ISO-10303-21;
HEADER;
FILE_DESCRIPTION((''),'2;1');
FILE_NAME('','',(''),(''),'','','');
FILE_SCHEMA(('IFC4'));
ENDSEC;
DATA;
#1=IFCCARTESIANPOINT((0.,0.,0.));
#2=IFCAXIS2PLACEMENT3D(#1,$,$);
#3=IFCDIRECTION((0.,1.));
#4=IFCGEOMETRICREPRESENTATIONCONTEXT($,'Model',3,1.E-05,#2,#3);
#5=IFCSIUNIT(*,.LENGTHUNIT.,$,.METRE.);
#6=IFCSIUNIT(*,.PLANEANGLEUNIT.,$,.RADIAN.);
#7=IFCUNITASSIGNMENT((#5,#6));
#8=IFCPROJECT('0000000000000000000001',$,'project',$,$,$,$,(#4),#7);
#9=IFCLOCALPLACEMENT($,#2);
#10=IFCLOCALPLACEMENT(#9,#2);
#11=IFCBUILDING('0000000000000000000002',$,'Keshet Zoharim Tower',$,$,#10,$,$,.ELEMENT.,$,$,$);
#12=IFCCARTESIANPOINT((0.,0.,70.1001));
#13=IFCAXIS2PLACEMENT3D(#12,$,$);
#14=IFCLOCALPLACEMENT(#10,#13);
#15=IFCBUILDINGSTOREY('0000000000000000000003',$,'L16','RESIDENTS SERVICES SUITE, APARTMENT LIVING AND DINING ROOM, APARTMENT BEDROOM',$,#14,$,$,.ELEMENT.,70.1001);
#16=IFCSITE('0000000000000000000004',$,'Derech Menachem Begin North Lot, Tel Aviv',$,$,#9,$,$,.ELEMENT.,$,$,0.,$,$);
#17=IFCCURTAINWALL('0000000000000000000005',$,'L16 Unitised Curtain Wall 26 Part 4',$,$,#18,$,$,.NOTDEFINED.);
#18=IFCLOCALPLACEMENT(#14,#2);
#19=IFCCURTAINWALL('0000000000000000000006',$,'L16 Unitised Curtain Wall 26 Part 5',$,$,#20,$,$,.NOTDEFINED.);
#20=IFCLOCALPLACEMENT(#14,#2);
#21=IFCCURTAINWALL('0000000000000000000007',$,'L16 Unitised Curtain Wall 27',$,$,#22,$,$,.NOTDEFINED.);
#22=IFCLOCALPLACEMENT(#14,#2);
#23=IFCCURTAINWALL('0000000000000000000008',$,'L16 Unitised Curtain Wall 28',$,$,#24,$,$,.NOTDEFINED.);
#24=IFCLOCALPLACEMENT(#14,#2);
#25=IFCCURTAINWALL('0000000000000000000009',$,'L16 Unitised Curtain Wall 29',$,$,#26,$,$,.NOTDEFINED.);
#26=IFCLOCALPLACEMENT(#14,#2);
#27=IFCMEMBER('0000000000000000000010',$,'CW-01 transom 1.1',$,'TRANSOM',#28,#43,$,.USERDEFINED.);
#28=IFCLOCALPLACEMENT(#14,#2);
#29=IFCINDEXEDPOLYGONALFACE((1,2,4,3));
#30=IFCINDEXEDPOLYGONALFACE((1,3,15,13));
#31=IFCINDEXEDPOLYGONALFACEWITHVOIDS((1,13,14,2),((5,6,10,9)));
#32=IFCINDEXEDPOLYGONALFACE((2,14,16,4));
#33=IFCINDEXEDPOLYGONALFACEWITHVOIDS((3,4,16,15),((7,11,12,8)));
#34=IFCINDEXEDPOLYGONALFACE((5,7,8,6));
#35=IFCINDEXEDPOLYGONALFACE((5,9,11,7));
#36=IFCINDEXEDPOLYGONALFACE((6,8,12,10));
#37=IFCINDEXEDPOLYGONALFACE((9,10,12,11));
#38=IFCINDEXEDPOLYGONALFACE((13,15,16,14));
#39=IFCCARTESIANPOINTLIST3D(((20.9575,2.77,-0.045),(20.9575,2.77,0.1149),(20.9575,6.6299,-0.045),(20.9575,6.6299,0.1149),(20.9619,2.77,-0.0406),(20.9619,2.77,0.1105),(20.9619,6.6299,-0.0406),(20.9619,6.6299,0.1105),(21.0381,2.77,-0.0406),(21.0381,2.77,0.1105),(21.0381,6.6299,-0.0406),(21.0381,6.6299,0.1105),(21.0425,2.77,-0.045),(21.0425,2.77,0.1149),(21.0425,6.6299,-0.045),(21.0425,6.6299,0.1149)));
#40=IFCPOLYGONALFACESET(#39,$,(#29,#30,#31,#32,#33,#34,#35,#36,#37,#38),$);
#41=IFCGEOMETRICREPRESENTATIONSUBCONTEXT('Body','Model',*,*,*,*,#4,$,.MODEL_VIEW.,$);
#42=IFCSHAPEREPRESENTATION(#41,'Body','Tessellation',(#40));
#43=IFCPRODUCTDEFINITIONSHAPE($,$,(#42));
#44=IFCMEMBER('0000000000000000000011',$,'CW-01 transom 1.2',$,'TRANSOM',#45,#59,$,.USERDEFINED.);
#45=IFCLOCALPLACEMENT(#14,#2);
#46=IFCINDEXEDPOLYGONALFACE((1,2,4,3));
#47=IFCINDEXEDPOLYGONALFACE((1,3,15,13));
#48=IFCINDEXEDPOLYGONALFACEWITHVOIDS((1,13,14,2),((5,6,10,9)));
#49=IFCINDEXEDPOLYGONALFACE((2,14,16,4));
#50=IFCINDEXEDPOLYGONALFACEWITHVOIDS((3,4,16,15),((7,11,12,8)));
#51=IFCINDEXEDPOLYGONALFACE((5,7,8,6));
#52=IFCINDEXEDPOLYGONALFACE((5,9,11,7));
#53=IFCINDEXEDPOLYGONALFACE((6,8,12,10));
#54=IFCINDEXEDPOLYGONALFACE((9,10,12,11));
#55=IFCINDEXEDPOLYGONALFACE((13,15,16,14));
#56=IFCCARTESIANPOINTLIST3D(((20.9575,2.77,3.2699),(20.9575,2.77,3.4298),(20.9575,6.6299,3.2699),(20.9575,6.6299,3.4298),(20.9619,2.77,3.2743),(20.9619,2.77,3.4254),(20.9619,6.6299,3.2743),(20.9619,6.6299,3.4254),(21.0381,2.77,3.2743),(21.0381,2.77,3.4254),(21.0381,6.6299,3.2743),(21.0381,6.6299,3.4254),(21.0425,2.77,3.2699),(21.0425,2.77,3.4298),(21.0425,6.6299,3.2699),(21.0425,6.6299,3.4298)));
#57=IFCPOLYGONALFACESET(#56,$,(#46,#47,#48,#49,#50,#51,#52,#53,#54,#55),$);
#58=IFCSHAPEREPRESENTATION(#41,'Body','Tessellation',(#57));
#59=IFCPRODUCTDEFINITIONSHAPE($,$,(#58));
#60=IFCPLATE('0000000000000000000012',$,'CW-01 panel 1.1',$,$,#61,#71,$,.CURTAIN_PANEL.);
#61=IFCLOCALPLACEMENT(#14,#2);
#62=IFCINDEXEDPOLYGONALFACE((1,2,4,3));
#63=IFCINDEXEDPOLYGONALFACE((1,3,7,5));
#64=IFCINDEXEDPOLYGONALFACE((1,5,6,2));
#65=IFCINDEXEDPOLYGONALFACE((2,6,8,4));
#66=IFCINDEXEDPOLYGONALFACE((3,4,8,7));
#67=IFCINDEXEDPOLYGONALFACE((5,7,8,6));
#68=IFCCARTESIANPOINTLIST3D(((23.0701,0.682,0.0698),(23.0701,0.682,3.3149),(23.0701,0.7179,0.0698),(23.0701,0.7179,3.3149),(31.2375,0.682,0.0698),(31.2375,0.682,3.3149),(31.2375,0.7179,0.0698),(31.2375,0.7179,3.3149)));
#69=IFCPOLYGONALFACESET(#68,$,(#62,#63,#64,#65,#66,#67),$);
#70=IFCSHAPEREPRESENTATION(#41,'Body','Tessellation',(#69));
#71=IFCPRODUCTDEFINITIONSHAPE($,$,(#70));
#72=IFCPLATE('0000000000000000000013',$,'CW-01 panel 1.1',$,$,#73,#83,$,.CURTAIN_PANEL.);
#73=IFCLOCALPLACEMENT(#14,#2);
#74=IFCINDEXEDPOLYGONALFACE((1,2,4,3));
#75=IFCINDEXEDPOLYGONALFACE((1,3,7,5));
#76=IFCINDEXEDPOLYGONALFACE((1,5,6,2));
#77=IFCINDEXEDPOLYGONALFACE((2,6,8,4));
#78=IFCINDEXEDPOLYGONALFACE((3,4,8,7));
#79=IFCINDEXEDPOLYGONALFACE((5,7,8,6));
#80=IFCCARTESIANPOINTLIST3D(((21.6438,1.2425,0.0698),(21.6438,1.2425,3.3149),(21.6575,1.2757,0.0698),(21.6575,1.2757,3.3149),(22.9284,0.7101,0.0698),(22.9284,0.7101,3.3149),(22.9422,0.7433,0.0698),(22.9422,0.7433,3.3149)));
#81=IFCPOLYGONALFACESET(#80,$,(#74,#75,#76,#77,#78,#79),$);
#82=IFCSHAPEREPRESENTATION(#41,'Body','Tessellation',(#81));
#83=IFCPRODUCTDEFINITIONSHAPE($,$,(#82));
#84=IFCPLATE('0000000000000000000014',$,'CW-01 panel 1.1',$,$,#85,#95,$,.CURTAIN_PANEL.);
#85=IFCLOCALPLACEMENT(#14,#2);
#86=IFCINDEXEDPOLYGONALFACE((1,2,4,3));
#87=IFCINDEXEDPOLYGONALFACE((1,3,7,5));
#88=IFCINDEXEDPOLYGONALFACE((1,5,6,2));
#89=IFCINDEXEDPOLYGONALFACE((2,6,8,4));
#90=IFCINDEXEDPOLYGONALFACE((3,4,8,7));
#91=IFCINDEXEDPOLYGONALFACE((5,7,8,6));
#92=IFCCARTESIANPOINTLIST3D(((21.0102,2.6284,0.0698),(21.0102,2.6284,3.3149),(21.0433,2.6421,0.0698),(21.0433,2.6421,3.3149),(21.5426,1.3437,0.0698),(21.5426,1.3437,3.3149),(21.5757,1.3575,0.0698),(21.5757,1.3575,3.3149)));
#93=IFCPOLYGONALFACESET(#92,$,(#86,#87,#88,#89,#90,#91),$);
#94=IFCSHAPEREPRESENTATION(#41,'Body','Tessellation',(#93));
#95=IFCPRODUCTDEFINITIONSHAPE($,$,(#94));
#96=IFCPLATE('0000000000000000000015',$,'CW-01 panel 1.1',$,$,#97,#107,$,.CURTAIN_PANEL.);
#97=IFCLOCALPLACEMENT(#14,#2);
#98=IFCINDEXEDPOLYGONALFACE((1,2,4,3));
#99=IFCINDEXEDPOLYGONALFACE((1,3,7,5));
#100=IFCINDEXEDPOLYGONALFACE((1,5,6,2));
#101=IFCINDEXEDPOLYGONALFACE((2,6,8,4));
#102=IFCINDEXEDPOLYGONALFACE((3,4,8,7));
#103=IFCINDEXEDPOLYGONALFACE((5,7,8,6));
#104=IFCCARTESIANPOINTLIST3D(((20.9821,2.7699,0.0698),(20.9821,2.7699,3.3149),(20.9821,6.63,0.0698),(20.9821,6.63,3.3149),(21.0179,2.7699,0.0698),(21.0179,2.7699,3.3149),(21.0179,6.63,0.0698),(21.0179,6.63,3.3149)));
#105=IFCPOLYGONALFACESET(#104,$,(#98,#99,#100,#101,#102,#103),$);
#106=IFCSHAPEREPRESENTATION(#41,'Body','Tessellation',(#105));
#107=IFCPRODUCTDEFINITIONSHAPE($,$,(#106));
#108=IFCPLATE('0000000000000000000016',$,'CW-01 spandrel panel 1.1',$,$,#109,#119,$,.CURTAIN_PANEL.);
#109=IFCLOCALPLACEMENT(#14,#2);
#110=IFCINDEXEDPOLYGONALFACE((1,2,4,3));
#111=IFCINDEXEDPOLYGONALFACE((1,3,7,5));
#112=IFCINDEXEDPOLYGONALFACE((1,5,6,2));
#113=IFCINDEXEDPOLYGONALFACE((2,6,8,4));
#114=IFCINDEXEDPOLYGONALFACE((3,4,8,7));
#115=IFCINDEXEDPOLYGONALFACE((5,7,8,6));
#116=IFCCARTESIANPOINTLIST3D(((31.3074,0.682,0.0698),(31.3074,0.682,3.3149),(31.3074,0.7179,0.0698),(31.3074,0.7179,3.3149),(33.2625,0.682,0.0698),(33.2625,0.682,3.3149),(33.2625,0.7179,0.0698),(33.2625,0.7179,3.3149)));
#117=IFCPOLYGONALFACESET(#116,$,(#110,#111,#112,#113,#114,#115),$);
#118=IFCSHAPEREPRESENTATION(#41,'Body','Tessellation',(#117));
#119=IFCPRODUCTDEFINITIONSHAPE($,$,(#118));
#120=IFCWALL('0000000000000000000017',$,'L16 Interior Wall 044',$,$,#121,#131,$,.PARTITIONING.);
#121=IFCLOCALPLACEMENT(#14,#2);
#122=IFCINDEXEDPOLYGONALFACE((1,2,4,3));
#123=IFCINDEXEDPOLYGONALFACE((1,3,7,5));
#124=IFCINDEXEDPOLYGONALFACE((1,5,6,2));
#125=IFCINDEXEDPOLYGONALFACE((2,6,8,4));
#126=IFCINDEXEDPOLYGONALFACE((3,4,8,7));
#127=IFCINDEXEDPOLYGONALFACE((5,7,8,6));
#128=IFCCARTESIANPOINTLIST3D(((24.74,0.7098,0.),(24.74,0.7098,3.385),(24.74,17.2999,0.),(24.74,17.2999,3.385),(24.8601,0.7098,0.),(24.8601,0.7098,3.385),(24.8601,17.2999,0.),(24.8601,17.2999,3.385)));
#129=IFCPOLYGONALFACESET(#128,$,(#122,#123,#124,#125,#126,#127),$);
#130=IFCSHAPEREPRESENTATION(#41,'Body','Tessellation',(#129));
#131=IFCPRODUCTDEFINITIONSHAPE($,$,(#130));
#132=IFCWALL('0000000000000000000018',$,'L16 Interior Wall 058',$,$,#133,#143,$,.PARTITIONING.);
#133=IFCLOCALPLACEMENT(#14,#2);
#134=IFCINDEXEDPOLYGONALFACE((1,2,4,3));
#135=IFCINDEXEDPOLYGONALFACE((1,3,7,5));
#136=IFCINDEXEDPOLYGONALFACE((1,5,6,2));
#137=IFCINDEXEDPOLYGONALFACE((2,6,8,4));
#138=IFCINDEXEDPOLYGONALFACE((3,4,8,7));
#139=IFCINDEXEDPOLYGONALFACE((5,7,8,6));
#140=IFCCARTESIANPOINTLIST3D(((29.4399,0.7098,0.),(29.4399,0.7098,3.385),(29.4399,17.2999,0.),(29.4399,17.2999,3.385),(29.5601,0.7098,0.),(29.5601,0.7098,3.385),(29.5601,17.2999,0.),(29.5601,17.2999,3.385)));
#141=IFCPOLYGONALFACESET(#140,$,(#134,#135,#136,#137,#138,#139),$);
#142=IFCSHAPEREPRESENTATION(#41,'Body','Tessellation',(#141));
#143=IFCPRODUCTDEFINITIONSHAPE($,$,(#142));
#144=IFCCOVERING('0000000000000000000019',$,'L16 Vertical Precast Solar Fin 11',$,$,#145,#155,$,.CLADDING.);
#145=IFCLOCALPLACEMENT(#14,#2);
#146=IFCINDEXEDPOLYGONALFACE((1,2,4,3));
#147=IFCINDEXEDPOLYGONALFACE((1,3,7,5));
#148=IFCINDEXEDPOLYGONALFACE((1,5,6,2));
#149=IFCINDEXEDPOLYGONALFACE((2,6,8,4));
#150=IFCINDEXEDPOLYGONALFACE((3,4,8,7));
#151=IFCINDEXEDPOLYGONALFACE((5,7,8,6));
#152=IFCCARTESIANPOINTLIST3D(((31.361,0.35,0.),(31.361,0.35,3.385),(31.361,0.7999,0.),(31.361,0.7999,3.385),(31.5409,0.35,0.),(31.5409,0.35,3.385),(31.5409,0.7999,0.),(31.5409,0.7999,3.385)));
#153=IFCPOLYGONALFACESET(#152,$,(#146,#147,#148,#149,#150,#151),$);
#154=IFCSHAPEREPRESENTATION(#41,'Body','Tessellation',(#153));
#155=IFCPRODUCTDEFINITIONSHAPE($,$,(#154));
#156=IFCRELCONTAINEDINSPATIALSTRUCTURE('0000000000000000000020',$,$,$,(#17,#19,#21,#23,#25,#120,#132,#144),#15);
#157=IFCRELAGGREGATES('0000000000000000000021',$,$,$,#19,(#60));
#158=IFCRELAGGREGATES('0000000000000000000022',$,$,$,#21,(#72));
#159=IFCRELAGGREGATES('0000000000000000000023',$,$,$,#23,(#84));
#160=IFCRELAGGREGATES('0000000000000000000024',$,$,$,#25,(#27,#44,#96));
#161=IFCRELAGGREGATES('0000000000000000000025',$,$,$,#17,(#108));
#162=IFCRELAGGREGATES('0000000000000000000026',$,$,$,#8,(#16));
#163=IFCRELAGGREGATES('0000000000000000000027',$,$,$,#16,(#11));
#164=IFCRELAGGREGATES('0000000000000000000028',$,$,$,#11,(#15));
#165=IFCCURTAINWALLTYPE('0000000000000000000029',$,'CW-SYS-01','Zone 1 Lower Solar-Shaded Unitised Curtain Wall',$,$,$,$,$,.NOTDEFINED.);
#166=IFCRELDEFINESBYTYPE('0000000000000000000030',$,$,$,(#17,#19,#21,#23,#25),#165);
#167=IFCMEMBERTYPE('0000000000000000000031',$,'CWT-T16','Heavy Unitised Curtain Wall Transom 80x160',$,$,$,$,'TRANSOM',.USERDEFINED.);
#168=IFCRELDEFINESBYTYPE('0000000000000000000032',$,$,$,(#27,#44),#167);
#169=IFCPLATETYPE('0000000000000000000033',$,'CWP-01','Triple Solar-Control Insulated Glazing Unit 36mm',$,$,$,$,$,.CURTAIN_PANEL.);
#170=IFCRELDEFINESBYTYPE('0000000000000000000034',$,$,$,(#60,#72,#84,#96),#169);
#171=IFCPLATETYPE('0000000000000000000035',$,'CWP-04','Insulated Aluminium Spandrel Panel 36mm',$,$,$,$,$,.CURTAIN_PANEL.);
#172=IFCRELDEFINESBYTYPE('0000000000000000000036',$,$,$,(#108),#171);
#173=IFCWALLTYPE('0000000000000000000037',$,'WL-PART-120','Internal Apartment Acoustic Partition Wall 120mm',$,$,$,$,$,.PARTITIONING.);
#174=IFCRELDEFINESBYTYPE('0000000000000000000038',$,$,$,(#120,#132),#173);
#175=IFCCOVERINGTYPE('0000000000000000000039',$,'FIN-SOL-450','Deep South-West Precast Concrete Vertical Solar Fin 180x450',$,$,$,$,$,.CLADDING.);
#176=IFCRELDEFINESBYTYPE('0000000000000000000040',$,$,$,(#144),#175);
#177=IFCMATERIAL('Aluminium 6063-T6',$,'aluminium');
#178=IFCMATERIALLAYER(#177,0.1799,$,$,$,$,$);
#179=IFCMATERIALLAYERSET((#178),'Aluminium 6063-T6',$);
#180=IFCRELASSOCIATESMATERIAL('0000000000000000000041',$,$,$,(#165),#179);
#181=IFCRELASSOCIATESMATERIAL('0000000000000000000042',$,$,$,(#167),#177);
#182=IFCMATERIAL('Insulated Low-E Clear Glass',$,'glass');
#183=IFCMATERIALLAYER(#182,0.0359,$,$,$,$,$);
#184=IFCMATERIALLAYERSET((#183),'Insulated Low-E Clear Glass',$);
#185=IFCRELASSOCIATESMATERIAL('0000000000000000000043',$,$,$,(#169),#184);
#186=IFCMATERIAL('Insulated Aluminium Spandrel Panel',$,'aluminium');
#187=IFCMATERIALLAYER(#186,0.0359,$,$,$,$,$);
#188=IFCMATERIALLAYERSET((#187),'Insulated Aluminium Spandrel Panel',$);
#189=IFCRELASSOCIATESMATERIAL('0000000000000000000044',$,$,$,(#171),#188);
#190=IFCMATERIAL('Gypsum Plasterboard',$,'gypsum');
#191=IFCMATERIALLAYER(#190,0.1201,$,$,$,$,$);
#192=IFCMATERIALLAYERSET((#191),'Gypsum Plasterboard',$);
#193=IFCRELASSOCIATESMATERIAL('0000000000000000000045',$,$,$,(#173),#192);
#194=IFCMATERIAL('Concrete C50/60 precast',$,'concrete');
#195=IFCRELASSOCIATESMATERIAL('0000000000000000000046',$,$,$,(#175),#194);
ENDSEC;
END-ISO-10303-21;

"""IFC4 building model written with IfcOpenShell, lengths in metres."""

from ifc_helpers import new_model, si_unit, direction, frame, frame_2d, origin, origin_2d, place, context, subcontext, project, spatial, rectangle, hollow_rectangle, extrude, material, layer, layer_set, material_profile, profile_set, type_object, element, aggregate, save


model = new_model("IFC4")

# Units and contexts
model_context = context("Model", 3, precision=1e-05, world=origin(), true_north=direction((0.0, 1.0)))
body_context = subcontext(model_context, "Body", "Model", "MODEL_VIEW")
ifc_project = project(units=[si_unit("LENGTHUNIT", "METRE"), si_unit("PLANEANGLEUNIT", "RADIAN")], contexts=[model_context])

# Site, building, storey
site_placement = place(None, origin())
site = spatial("IfcSite", under=ifc_project, at=site_placement, Name="Derech Menachem Begin North Lot, Tel Aviv", CompositionType="ELEMENT", RefElevation=0.0)
building_placement = place(site_placement, origin())
building = spatial("IfcBuilding", under=site, at=building_placement, Name="Keshet Zoharim Tower", CompositionType="ELEMENT")
storey_placement = place(building_placement, frame((0.0, 0.0, 70.1001)))
storey = spatial("IfcBuildingStorey", under=building, at=storey_placement, Name="L16", Description="RESIDENTS SERVICES SUITE, APARTMENT LIVING AND DINING ROOM, APARTMENT BEDROOM", CompositionType="ELEMENT", Elevation=70.1001)

# Curtain walls
ifc_material_1 = material(Name="Aluminium 6063-T6", Category="aluminium")
ifc_layer_1 = layer(ifc_material_1, 0.1799)
ifc_layer_set_1 = layer_set([ifc_layer_1], Name="Aluminium 6063-T6")
curtain_wall_type = type_object("IfcCurtainWallType", Name="CW-SYS-01", Description="Zone 1 Lower Solar-Shaded Unitised Curtain Wall", PredefinedType="NOTDEFINED", material=ifc_layer_set_1)
curtain_wall_1_placement = place(storey_placement, origin())
curtain_wall_1 = element("IfcCurtainWall", 1, at=curtain_wall_1_placement, inside=storey, type_object=curtain_wall_type, Name="L16 Unitised Curtain Wall 26 Part 4", PredefinedType="NOTDEFINED")
curtain_wall_2_placement = place(storey_placement, origin())
curtain_wall_2 = element("IfcCurtainWall", 2, at=curtain_wall_2_placement, inside=storey, type_object=curtain_wall_type, Name="L16 Unitised Curtain Wall 26 Part 5", PredefinedType="NOTDEFINED")

# Curtain walls
curtain_wall_3_placement = place(storey_placement, origin())
curtain_wall_3 = element("IfcCurtainWall", 3, at=curtain_wall_3_placement, inside=storey, type_object=curtain_wall_type, Name="L16 Unitised Curtain Wall 27", PredefinedType="NOTDEFINED")
curtain_wall_4_placement = place(storey_placement, origin())
curtain_wall_4 = element("IfcCurtainWall", 4, at=curtain_wall_4_placement, inside=storey, type_object=curtain_wall_type, Name="L16 Unitised Curtain Wall 28", PredefinedType="NOTDEFINED")
curtain_wall_5_placement = place(storey_placement, origin())
curtain_wall_5 = element("IfcCurtainWall", 5, at=curtain_wall_5_placement, inside=storey, type_object=curtain_wall_type, Name="L16 Unitised Curtain Wall 29", PredefinedType="NOTDEFINED")

# Members
ifc_material_profile_1 = material_profile(ifc_material_1, hollow_rectangle(XDim=0.085, YDim=0.1599, WallThickness=0.0044, at=origin_2d()), Name="TRN-85x160")
ifc_profile_set_1 = profile_set([ifc_material_profile_1], Name="Aluminium 6063-T6")
member_type_1 = type_object("IfcMemberType", Name="CWT-T16", Description="Heavy Unitised Curtain Wall Transom 80x160", ElementType="TRANSOM", PredefinedType="USERDEFINED", material=ifc_profile_set_1)
member_1_placement = place(storey_placement, frame((21.0, 2.77, 0.0349), z_axis=(0.0, 1.0, 0.0), x_axis=(-1.0, 0.0, 0.0)))
member_1 = element("IfcMember", 6, at=member_1_placement, type_object=member_type_1, Name="CW-01 transom 1.1", ObjectType="TRANSOM", PredefinedType="USERDEFINED", context=body_context, shape_type="SweptSolid", body=[
    extrude(hollow_rectangle(XDim=0.085, YDim=0.1599, WallThickness=0.0044, at=origin_2d()), origin(), (0.0, 0.0, 1.0), 3.8599),
])
member_2_placement = place(storey_placement, frame((21.0, 2.77, 3.3499), z_axis=(0.0, 1.0, 0.0), x_axis=(-1.0, 0.0, 0.0)))
member_2 = element("IfcMember", 7, at=member_2_placement, type_object=member_type_1, Name="CW-01 transom 1.2", ObjectType="TRANSOM", PredefinedType="USERDEFINED", context=body_context, shape_type="SweptSolid", body=[
    extrude(hollow_rectangle(XDim=0.085, YDim=0.1599, WallThickness=0.0044, at=origin_2d()), origin(), (0.0, 0.0, 1.0), 3.8599),
])

# Plates
ifc_material_2 = material(Name="Insulated Low-E Clear Glass", Category="glass")
ifc_layer_2 = layer(ifc_material_2, 0.0359)
ifc_layer_set_2 = layer_set([ifc_layer_2], Name="Insulated Low-E Clear Glass")
plate_type_1 = type_object("IfcPlateType", Name="CWP-01", Description="Triple Solar-Control Insulated Glazing Unit 36mm", PredefinedType="CURTAIN_PANEL", material=ifc_layer_set_2)
plate_1_placement = place(storey_placement, frame((27.1538, 0.7, 0.0698), z_axis=(0.0, 0.0, 1.0), x_axis=(-1.0, 0.0, 0.0)))
plate_1 = element("IfcPlate", 8, at=plate_1_placement, type_object=plate_type_1, Name="CW-01 panel 1.1", PredefinedType="CURTAIN_PANEL", context=body_context, shape_type="SweptSolid", body=[
    extrude(rectangle(XDim=8.1675, YDim=0.0359, at=origin_2d()), origin(), (0.0, 0.0, 1.0), 3.2451),
])
aggregate(curtain_wall_2, [plate_1])
plate_2_placement = place(storey_placement, frame((22.293, 0.9929, 0.0698), z_axis=(0.0, 0.0, 1.0), x_axis=(-0.92381, 0.382852, 0.0)))
plate_2 = element("IfcPlate", 9, at=plate_2_placement, type_object=plate_type_1, Name="CW-01 panel 1.1", PredefinedType="CURTAIN_PANEL", context=body_context, shape_type="SweptSolid", body=[
    extrude(rectangle(XDim=1.3906, YDim=0.0359, at=origin_2d()), origin(), (0.0, 0.0, 1.0), 3.2451),
])
aggregate(curtain_wall_3, [plate_2])
plate_3_placement = place(storey_placement, frame((21.293, 1.9929, 0.0698), z_axis=(0.0, 0.0, 1.0), x_axis=(-0.382852, 0.92381, 0.0)))
plate_3 = element("IfcPlate", 10, at=plate_3_placement, type_object=plate_type_1, Name="CW-01 panel 1.1", PredefinedType="CURTAIN_PANEL", context=body_context, shape_type="SweptSolid", body=[
    extrude(rectangle(XDim=1.3906, YDim=0.0359, at=origin_2d()), origin(), (0.0, 0.0, 1.0), 3.2451),
])
aggregate(curtain_wall_4, [plate_3])
plate_4_placement = place(storey_placement, frame((21.0, 4.7, 0.0698), z_axis=(0.0, 0.0, 1.0), x_axis=(0.0, 1.0, 0.0)))
plate_4 = element("IfcPlate", 11, at=plate_4_placement, type_object=plate_type_1, Name="CW-01 panel 1.1", PredefinedType="CURTAIN_PANEL", context=body_context, shape_type="SweptSolid", body=[
    extrude(rectangle(XDim=3.8601, YDim=0.0359, at=origin_2d()), origin(), (0.0, 0.0, 1.0), 3.2451),
])
aggregate(curtain_wall_5, [member_1, member_2, plate_4])
ifc_material_3 = material(Name="Insulated Aluminium Spandrel Panel", Category="aluminium")
ifc_layer_3 = layer(ifc_material_3, 0.0359)
ifc_layer_set_3 = layer_set([ifc_layer_3], Name="Insulated Aluminium Spandrel Panel")
plate_type_2 = type_object("IfcPlateType", Name="CWP-04", Description="Insulated Aluminium Spandrel Panel 36mm", PredefinedType="CURTAIN_PANEL", material=ifc_layer_set_3)
plate_5_placement = place(storey_placement, frame((32.2849, 0.7, 0.0698), z_axis=(0.0, 0.0, 1.0), x_axis=(-1.0, 0.0, 0.0)))
plate_5 = element("IfcPlate", 12, at=plate_5_placement, type_object=plate_type_2, Name="CW-01 spandrel panel 1.1", PredefinedType="CURTAIN_PANEL", context=body_context, shape_type="SweptSolid", body=[
    extrude(rectangle(XDim=1.9551, YDim=0.0359, at=origin_2d()), origin(), (0.0, 0.0, 1.0), 3.2451),
])
aggregate(curtain_wall_1, [plate_5])

# Walls
ifc_material_4 = material(Name="Gypsum Plasterboard", Category="gypsum")
ifc_layer_4 = layer(ifc_material_4, 0.1201)
ifc_layer_set_4 = layer_set([ifc_layer_4], Name="Gypsum Plasterboard")
wall_type = type_object("IfcWallType", Name="WL-PART-120", Description="Internal Apartment Acoustic Partition Wall 120mm", PredefinedType="PARTITIONING", material=ifc_layer_set_4)
for number, where, z_axis, x_axis, name in (
    (13, (24.8, 0.71, 0.0), (0.0, 0.0, 1.0), (0.0, 1.0, 0.0), "L16 Interior Wall 044"),
    (14, (29.5, 0.71, 0.0), (0.0, 0.0, 1.0), (0.0, 1.0, 0.0), "L16 Interior Wall 058"),
):
    element("IfcWall", number, at=place(storey_placement, frame(where, z_axis=z_axis, x_axis=x_axis)), inside=storey, type_object=wall_type, Name=name, PredefinedType="PARTITIONING", context=body_context, shape_type="SweptSolid", body=[
        extrude(rectangle(XDim=16.5901, YDim=0.1201, at=frame_2d((8.2949, 0.0))), origin(), (0.0, 0.0, 1.0), 3.385),
    ])

# Covering
ifc_material_5 = material(Name="Concrete C50/60 precast", Category="concrete")
covering_type = type_object("IfcCoveringType", Name="FIN-SOL-450", Description="Deep South-West Precast Concrete Vertical Solar Fin 180x450", PredefinedType="CLADDING", material=ifc_material_5)
covering_placement = place(storey_placement, frame((31.4509, 0.575, 0.0), z_axis=(0.0, 0.0, 1.0), x_axis=(-1.0, 0.0, 0.0)))
element("IfcCovering", 15, at=covering_placement, inside=storey, type_object=covering_type, Name="L16 Vertical Precast Solar Fin 11", PredefinedType="CLADDING", context=body_context, shape_type="SweptSolid", body=[
    extrude(rectangle(XDim=0.1799, YDim=0.45, at=origin_2d()), origin(), (0.0, 0.0, 1.0), 3.385),
])

save(model, "model.ifc")
